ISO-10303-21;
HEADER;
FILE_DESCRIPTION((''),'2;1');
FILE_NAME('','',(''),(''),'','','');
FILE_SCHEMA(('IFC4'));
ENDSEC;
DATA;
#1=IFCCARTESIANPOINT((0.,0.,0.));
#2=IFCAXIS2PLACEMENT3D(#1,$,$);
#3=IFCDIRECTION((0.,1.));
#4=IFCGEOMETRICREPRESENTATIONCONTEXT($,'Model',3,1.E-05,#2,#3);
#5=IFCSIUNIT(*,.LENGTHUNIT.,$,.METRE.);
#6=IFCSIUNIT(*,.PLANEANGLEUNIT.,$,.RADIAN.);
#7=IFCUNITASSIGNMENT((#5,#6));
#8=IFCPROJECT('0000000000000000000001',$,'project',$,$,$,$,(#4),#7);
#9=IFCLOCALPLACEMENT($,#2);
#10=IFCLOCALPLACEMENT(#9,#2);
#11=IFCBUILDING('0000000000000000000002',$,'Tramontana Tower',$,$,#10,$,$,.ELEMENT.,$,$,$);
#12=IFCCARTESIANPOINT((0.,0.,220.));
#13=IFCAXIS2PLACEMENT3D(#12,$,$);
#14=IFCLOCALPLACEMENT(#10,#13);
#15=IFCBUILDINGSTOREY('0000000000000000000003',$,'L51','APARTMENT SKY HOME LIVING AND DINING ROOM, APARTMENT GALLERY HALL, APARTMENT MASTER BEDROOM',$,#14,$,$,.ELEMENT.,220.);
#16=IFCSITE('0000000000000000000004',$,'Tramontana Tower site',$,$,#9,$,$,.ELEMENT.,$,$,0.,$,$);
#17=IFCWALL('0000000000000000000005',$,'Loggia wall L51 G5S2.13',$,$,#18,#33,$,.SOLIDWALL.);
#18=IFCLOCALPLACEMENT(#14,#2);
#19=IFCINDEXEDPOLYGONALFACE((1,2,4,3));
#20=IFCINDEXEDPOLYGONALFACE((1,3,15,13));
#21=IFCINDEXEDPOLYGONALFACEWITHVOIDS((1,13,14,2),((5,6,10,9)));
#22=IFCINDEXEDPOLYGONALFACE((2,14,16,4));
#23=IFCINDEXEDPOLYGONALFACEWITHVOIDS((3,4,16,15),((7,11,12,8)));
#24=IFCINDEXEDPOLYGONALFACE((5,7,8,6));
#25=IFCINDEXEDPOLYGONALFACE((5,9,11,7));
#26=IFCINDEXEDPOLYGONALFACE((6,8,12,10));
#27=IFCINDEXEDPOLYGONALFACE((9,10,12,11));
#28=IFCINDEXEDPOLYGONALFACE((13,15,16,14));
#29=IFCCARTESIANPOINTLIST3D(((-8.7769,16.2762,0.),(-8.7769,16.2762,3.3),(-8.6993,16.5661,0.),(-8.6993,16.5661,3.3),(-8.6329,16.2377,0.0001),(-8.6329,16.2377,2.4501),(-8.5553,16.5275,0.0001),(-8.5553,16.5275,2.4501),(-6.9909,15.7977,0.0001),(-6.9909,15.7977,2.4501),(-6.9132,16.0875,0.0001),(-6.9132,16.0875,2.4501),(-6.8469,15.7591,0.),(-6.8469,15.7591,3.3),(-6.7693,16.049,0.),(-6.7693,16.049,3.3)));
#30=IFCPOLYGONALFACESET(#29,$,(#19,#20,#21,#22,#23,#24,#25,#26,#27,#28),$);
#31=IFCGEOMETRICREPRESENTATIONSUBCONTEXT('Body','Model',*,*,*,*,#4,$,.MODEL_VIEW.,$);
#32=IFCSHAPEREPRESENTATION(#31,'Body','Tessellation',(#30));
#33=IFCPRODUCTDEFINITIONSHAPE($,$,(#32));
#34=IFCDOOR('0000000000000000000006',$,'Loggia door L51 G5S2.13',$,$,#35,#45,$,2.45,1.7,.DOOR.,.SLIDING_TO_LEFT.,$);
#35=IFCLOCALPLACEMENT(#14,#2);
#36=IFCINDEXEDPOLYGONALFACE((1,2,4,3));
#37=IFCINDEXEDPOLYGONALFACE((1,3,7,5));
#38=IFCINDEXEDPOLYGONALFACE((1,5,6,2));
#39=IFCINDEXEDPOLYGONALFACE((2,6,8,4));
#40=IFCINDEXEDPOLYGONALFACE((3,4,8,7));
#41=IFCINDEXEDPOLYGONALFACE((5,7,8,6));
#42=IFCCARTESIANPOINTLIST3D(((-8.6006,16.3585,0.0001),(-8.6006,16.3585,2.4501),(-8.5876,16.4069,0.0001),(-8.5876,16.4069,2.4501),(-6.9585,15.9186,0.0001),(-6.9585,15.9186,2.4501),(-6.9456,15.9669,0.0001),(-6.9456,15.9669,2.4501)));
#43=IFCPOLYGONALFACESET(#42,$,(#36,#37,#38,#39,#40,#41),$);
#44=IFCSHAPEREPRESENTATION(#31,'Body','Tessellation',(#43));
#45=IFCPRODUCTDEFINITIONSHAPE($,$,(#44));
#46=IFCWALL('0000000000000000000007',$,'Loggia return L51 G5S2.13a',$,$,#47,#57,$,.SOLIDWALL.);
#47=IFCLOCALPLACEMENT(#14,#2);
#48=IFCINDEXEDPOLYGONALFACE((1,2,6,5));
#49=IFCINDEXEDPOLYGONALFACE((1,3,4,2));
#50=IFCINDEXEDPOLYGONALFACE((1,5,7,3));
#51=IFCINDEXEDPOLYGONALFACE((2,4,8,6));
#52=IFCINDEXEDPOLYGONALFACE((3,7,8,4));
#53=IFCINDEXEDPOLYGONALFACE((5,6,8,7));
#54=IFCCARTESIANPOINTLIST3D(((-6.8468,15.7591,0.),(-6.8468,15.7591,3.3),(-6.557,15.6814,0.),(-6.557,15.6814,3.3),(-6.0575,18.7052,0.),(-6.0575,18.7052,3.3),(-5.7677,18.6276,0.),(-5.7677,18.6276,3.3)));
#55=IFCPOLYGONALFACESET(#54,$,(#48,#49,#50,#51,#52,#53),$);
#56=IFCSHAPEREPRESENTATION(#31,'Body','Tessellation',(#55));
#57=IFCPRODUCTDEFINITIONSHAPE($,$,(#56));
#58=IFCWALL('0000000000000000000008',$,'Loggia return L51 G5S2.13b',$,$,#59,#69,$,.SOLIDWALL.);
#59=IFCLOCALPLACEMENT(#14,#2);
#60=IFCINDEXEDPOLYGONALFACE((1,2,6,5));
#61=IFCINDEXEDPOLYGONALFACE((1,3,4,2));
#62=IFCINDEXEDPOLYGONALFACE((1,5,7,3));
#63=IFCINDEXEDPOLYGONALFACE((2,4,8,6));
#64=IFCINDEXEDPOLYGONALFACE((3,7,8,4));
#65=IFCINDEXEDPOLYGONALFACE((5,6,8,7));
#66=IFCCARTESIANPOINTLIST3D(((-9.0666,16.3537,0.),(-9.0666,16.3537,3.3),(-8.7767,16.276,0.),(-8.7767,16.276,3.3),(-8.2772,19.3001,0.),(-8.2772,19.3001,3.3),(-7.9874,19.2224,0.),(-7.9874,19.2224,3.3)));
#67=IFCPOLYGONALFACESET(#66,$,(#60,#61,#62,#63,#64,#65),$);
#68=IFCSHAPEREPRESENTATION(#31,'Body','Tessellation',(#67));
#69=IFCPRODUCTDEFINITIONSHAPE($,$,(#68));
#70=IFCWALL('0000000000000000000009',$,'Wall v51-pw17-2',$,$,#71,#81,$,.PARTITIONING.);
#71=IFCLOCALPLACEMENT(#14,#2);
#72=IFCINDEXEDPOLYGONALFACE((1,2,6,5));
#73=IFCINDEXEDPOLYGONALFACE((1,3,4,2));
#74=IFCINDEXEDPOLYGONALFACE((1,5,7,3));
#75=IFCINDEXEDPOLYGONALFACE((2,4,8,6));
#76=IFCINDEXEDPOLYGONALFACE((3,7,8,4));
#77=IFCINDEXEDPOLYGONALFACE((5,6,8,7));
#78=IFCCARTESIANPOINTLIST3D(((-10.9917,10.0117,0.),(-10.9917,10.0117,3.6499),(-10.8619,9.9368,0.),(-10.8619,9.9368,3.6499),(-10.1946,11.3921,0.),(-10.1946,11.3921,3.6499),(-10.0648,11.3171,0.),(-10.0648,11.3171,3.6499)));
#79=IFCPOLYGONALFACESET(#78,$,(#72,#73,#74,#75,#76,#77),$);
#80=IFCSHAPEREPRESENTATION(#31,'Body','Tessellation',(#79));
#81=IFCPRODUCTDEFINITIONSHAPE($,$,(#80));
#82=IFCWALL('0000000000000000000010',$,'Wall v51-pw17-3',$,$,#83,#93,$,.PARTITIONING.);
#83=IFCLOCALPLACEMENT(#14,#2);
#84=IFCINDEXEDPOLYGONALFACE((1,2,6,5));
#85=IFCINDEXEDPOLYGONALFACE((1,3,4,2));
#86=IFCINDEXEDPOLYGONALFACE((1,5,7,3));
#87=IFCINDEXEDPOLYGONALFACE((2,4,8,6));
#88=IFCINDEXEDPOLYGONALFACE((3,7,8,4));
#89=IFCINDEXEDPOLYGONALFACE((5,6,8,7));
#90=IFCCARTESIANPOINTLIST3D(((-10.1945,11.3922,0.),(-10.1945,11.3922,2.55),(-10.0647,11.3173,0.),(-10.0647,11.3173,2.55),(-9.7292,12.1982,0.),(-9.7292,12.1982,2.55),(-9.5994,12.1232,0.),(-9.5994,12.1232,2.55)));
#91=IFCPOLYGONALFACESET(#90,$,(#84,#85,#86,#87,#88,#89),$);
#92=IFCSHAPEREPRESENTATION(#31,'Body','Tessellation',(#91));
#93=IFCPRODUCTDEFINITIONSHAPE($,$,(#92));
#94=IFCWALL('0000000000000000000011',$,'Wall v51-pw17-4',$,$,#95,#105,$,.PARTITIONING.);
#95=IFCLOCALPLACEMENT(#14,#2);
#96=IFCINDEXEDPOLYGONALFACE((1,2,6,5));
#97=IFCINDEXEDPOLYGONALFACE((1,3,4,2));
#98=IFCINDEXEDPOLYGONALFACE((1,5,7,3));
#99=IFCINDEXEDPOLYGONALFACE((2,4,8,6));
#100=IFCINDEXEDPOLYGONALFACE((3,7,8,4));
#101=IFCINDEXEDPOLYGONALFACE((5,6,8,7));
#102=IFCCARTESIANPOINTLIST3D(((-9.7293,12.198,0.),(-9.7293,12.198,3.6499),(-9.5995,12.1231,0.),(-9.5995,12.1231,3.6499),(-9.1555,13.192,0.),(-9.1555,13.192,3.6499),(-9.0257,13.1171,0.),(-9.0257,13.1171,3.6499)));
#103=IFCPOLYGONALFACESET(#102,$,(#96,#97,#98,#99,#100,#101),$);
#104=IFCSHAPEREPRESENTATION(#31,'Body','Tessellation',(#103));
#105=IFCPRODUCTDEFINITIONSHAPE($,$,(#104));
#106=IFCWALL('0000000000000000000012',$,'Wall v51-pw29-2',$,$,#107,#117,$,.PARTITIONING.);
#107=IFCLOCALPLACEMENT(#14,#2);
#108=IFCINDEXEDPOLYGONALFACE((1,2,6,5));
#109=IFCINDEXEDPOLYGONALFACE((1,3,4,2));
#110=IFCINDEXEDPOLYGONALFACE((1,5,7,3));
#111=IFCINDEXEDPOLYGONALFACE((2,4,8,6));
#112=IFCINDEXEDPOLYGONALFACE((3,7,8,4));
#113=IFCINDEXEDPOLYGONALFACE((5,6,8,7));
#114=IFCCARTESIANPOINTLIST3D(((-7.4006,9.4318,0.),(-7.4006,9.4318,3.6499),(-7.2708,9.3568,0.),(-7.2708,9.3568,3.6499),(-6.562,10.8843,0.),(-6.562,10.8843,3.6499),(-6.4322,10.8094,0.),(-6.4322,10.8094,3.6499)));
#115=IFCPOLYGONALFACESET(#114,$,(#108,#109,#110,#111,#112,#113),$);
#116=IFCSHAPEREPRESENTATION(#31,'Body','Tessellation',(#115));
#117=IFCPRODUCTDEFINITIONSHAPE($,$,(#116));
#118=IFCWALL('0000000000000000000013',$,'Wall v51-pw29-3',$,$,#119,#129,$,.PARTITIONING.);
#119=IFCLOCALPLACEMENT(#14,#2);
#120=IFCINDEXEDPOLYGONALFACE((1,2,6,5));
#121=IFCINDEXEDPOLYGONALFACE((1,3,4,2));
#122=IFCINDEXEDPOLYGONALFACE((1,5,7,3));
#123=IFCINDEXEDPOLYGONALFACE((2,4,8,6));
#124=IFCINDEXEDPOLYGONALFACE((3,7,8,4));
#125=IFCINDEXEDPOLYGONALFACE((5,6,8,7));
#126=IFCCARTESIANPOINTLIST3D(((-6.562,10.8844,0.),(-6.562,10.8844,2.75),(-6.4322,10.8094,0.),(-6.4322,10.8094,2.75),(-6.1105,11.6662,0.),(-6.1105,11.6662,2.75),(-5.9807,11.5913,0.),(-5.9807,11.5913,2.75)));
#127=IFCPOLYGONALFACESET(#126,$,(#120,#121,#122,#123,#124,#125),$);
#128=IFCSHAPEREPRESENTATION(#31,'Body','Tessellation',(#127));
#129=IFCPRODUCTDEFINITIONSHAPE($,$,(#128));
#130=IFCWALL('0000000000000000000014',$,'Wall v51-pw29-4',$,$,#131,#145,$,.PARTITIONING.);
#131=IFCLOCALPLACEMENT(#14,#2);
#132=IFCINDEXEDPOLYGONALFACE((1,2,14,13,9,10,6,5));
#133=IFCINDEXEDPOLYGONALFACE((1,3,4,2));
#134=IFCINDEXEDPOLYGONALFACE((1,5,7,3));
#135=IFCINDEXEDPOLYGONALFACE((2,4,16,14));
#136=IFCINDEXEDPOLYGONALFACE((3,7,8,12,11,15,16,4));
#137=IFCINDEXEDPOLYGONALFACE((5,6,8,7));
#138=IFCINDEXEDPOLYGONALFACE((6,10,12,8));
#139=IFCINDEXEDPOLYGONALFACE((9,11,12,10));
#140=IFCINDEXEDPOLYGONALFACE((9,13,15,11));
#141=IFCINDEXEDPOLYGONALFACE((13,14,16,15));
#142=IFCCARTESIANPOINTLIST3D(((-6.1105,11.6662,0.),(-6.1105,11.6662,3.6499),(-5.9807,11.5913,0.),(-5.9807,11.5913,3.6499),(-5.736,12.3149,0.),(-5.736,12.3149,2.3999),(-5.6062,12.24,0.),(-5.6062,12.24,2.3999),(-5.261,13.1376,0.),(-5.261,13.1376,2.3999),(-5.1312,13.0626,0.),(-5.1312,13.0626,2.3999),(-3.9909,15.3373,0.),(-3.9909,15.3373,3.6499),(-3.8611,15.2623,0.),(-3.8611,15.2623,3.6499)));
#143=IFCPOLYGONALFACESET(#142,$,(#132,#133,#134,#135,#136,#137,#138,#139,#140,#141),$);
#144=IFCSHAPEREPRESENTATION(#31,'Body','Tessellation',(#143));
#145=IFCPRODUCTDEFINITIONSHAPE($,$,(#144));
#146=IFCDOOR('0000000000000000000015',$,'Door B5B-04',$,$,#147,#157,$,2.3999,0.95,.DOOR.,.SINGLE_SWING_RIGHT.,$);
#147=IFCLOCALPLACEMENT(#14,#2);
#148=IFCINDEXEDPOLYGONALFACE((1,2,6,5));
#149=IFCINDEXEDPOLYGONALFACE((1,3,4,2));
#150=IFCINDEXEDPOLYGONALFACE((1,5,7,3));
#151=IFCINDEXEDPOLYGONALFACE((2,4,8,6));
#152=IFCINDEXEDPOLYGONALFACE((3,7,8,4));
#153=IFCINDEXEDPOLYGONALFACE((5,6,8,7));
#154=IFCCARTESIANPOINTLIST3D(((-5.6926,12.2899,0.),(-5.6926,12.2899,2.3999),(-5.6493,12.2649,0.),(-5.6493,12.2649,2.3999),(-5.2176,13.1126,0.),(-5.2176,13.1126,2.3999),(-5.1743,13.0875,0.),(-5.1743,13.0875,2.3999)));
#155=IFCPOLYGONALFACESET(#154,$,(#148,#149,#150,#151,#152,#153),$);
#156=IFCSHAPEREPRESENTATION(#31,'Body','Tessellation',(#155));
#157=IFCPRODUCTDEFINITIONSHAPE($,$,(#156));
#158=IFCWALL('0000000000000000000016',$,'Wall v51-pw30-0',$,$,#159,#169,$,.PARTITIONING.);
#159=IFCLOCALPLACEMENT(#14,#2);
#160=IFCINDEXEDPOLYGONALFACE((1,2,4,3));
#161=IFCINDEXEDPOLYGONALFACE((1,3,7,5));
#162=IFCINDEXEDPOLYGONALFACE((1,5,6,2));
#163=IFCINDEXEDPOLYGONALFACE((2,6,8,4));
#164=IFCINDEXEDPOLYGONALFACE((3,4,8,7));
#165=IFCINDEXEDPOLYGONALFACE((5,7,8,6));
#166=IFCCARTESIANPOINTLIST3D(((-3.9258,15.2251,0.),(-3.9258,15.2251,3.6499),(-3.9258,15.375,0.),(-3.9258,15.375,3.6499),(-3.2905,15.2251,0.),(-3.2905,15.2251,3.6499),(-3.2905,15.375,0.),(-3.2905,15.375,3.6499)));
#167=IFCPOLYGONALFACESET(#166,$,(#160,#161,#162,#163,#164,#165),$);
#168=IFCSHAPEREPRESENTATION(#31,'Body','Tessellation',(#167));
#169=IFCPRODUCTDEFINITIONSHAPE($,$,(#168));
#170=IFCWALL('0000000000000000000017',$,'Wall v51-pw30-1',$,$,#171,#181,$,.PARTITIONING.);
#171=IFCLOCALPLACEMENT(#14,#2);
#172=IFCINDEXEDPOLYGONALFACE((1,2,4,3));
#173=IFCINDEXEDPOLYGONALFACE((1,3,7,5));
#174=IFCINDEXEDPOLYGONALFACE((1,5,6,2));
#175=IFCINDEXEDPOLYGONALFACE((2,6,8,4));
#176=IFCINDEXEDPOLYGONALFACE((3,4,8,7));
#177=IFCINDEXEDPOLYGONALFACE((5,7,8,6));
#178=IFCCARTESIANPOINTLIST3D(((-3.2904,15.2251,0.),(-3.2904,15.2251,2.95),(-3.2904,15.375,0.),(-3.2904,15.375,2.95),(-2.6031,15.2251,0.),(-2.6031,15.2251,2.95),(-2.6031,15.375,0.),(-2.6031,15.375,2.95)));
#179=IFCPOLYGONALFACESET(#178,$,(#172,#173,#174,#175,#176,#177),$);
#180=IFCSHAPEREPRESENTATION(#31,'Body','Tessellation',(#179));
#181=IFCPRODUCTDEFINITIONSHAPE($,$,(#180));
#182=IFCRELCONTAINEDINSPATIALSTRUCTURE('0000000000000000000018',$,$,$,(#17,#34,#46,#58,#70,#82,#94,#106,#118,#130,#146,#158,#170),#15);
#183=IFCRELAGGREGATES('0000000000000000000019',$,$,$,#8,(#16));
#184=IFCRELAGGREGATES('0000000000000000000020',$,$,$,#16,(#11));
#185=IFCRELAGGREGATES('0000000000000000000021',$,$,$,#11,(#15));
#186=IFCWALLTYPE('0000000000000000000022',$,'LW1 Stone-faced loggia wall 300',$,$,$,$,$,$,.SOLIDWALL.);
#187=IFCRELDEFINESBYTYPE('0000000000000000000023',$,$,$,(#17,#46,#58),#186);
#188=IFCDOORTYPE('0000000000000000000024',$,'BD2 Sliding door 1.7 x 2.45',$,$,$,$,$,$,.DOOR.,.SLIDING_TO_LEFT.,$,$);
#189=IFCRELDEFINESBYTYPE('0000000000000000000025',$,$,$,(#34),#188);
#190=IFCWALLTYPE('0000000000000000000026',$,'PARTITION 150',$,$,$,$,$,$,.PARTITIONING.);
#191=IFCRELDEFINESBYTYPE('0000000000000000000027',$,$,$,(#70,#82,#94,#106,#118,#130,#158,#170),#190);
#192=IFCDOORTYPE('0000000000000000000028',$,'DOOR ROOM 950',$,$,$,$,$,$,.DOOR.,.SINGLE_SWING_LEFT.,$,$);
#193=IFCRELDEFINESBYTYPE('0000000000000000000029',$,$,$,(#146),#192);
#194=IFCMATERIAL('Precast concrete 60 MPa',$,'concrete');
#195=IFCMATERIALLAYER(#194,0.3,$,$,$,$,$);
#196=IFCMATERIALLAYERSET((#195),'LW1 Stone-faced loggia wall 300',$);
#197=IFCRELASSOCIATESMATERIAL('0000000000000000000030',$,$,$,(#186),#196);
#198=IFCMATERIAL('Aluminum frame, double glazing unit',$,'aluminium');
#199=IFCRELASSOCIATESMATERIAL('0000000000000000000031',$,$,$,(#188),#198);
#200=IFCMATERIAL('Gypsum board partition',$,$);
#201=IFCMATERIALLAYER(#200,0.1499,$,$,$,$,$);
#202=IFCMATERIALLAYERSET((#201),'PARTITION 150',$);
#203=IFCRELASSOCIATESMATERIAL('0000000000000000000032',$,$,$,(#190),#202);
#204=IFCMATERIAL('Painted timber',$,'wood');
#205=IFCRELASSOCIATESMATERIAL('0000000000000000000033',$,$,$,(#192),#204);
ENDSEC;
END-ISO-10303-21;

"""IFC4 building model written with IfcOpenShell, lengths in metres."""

from ifc_helpers import new_model, si_unit, direction, frame, frame_2d, origin, place, context, subcontext, project, spatial, rectangle, extrude, material, layer, layer_set, type_object, element, fill, save


model = new_model("IFC4")

# Units and contexts
model_context = context("Model", 3, precision=1e-05, world=origin(), true_north=direction((0.0, 1.0)))
body_context = subcontext(model_context, "Body", "Model", "MODEL_VIEW")
ifc_project = project(units=[si_unit("LENGTHUNIT", "METRE"), si_unit("PLANEANGLEUNIT", "RADIAN")], contexts=[model_context])

# Site, building, storey
site_placement = place(None, origin())
site = spatial("IfcSite", under=ifc_project, at=site_placement, Name="Tramontana Tower site", CompositionType="ELEMENT", RefElevation=0.0)
building_placement = place(site_placement, origin())
building = spatial("IfcBuilding", under=site, at=building_placement, Name="Tramontana Tower", CompositionType="ELEMENT")
storey_placement = place(building_placement, frame((0.0, 0.0, 220.0)))
storey = spatial("IfcBuildingStorey", under=building, at=storey_placement, Name="L51", Description="APARTMENT SKY HOME LIVING AND DINING ROOM, APARTMENT GALLERY HALL, APARTMENT MASTER BEDROOM", CompositionType="ELEMENT", Elevation=220.0)

# Wall, opening, door
ifc_material_1 = material(Name="Precast concrete 60 MPa", Category="concrete")
ifc_layer_1 = layer(ifc_material_1, 0.3)
ifc_layer_set_1 = layer_set([ifc_layer_1], Name="LW1 Stone-faced loggia wall 300")
wall_type_1 = type_object("IfcWallType", Name="LW1 Stone-faced loggia wall 300", PredefinedType="SOLIDWALL", material=ifc_layer_set_1)
wall_1_placement = place(storey_placement, frame((-6.8081, 15.9041, 0.0), z_axis=(0.0, 0.0, 1.0), x_axis=(-0.96593, 0.258803, 0.0)))
wall_1 = element("IfcWall", 1, at=wall_1_placement, inside=storey, type_object=wall_type_1, Name="Loggia wall L51 G5S2.13", PredefinedType="SOLIDWALL", context=body_context, shape_type="SweptSolid", body=[
    extrude(rectangle(XDim=1.998, YDim=0.3, at=frame_2d((0.999, 0.0))), origin(), (0.0, 0.0, 1.0), 3.3),
])
opening_1_placement = place(wall_1_placement, frame((0.1489, 0.0, 0.0)))
opening_1 = element("IfcOpeningElement", 2, at=opening_1_placement, cuts=wall_1, PredefinedType="OPENING", context=body_context, shape_type="SweptSolid", body=[
    extrude(rectangle(XDim=1.7, YDim=2.45, at=frame_2d((0.8501, 1.2251))), frame((0.0, 0.1599, 0.0), z_axis=(0.0, -1.0, 0.0), x_axis=(1.0, 0.0, 0.0)), (0.0, 0.0, 1.0), 0.3201),
])
ifc_material_2 = material(Name="Aluminum frame, double glazing unit", Category="aluminium")
door_type_1 = type_object("IfcDoorType", Name="BD2 Sliding door 1.7 x 2.45", OperationType="SLIDING_TO_LEFT", PredefinedType="DOOR", material=ifc_material_2)
door_1_placement = place(opening_1_placement, origin())
door_1 = element("IfcDoor", 3, at=door_1_placement, inside=storey, type_object=door_type_1, Name="Loggia door L51 G5S2.13", OperationType="SLIDING_TO_LEFT", OverallHeight=2.45, OverallWidth=1.7, PredefinedType="DOOR", context=body_context, shape_type="SweptSolid", body=[
    extrude(rectangle(XDim=1.7, YDim=2.45, at=frame_2d((0.8501, 1.2251))), frame((0.0, 0.0249, 0.0), z_axis=(0.0, -1.0, 0.0), x_axis=(1.0, 0.0, 0.0)), (0.0, 0.0, 1.0), 0.05),
])
fill(opening_1, door_1)

# Walls
wall_2_placement = place(storey_placement, frame((-5.9126, 18.6663, 0.0), z_axis=(0.0, 0.0, 1.0), x_axis=(-0.258793, -0.965933, 0.0)))
element("IfcWall", 4, at=wall_2_placement, inside=storey, type_object=wall_type_1, Name="Loggia return L51 G5S2.13a", PredefinedType="SOLIDWALL", context=body_context, shape_type="SweptSolid", body=[
    extrude(rectangle(XDim=3.05, YDim=0.3, at=frame_2d((1.5249, 0.0))), origin(), (0.0, 0.0, 1.0), 3.3),
])
wall_3_placement = place(storey_placement, frame((-8.1323, 19.2612, 0.0), z_axis=(0.0, 0.0, 1.0), x_axis=(-0.258773, -0.965938, 0.0)))
element("IfcWall", 5, at=wall_3_placement, inside=storey, type_object=wall_type_1, Name="Loggia return L51 G5S2.13b", PredefinedType="SOLIDWALL", context=body_context, shape_type="SweptSolid", body=[
    extrude(rectangle(XDim=3.0503, YDim=0.3, at=frame_2d((1.5251, 0.0))), origin(), (0.0, 0.0, 1.0), 3.3),
])
ifc_material_3 = material(Name="Gypsum board partition")
ifc_layer_2 = layer(ifc_material_3, 0.1499)
ifc_layer_set_2 = layer_set([ifc_layer_2], Name="PARTITION 150")
wall_type_2 = type_object("IfcWallType", Name="PARTITION 150", PredefinedType="PARTITIONING", material=ifc_layer_set_2)
wall_4_placement = place(storey_placement, frame((-10.9268, 9.9744, 0.0), z_axis=(0.0, 0.0, 1.0), x_axis=(0.500076, 0.865982, 0.0)))
element("IfcWall", 6, at=wall_4_placement, inside=storey, type_object=wall_type_2, Name="Wall v51-pw17-2", PredefinedType="PARTITIONING", context=body_context, shape_type="SweptSolid", body=[
    extrude(rectangle(XDim=1.594, YDim=0.1499, at=frame_2d((0.7969, 0.0))), origin(), (0.0, 0.0, 1.0), 3.6499),
])
wall_5_placement = place(storey_placement, frame((-10.1296, 11.3547, 0.0), z_axis=(0.0, 0.0, 1.0), x_axis=(0.500033, 0.866006, 0.0)))
element("IfcWall", 7, at=wall_5_placement, inside=storey, type_object=wall_type_2, Name="Wall v51-pw17-3", PredefinedType="PARTITIONING", context=body_context, shape_type="SweptSolid", body=[
    extrude(rectangle(XDim=0.9307, YDim=0.1499, at=frame_2d((0.4653, 0.0))), origin(), (0.0, 0.0, 1.0), 2.55),
])
wall_6_placement = place(storey_placement, frame((-9.6643, 12.1606, 0.0), z_axis=(0.0, 0.0, 1.0), x_axis=(0.499937, 0.866062, 0.0)))
element("IfcWall", 8, at=wall_6_placement, inside=storey, type_object=wall_type_2, Name="Wall v51-pw17-4", PredefinedType="PARTITIONING", context=body_context, shape_type="SweptSolid", body=[
    extrude(rectangle(XDim=1.1477, YDim=0.1499, at=frame_2d((0.5737, 0.0))), origin(), (0.0, 0.0, 1.0), 3.6499),
])

# Walls
wall_7_placement = place(storey_placement, frame((-7.3357, 9.3943, 0.0), z_axis=(0.0, 0.0, 1.0), x_axis=(0.499974, 0.86604, 0.0)))
element("IfcWall", 9, at=wall_7_placement, inside=storey, type_object=wall_type_2, Name="Wall v51-pw29-2", PredefinedType="PARTITIONING", context=body_context, shape_type="SweptSolid", body=[
    extrude(rectangle(XDim=1.6772, YDim=0.1499, at=frame_2d((0.8386, 0.0))), origin(), (0.0, 0.0, 1.0), 3.6499),
])
wall_8_placement = place(storey_placement, frame((-6.4971, 10.8469, 0.0), z_axis=(0.0, 0.0, 1.0), x_axis=(0.500066, 0.865987, 0.0)))
element("IfcWall", 10, at=wall_8_placement, inside=storey, type_object=wall_type_2, Name="Wall v51-pw29-3", PredefinedType="PARTITIONING", context=body_context, shape_type="SweptSolid", body=[
    extrude(rectangle(XDim=0.9028, YDim=0.1499, at=frame_2d((0.4514, 0.0))), origin(), (0.0, 0.0, 1.0), 2.75),
])

# Wall, opening, door
wall_9_placement = place(storey_placement, frame((-6.0457, 11.6287, 0.0), z_axis=(0.0, 0.0, 1.0), x_axis=(0.500017, 0.866016, 0.0)))
wall_9 = element("IfcWall", 11, at=wall_9_placement, inside=storey, type_object=wall_type_2, Name="Wall v51-pw29-4", PredefinedType="PARTITIONING", context=body_context, shape_type="SweptSolid", body=[
    extrude(rectangle(XDim=4.239, YDim=0.1499, at=frame_2d((2.1196, 0.0))), origin(), (0.0, 0.0, 1.0), 3.6499),
])
opening_2_placement = place(wall_9_placement, frame((0.749, 0.0, 0.0)))
opening_2 = element("IfcOpeningElement", 12, at=opening_2_placement, cuts=wall_9, PredefinedType="OPENING", context=body_context, shape_type="SweptSolid", body=[
    extrude(rectangle(XDim=0.95, YDim=2.3999, at=frame_2d((0.4751, 1.2))), frame((0.0, 0.085, 0.0), z_axis=(0.0, -1.0, 0.0), x_axis=(1.0, 0.0, 0.0)), (0.0, 0.0, 1.0), 0.1699),
])
ifc_material_4 = material(Name="Painted timber", Category="wood")
door_type_2 = type_object("IfcDoorType", Name="DOOR ROOM 950", OperationType="SINGLE_SWING_LEFT", PredefinedType="DOOR", material=ifc_material_4)
door_2_placement = place(opening_2_placement, origin())
door_2 = element("IfcDoor", 13, at=door_2_placement, inside=storey, type_object=door_type_2, Name="Door B5B-04", OperationType="SINGLE_SWING_RIGHT", OverallHeight=2.3999, OverallWidth=0.95, PredefinedType="DOOR", context=body_context, shape_type="SweptSolid", body=[
    extrude(rectangle(XDim=0.95, YDim=2.3999, at=frame_2d((0.4751, 1.2))), frame((0.0, 0.0249, 0.0), z_axis=(0.0, -1.0, 0.0), x_axis=(1.0, 0.0, 0.0)), (0.0, 0.0, 1.0), 0.05),
])
fill(opening_2, door_2)

# Walls
wall_10_placement = place(storey_placement, frame((-3.9258, 15.3, 0.0), z_axis=(0.0, 0.0, 1.0), x_axis=(1.0, 0.0, 0.0)))
element("IfcWall", 14, at=wall_10_placement, inside=storey, type_object=wall_type_2, Name="Wall v51-pw30-0", PredefinedType="PARTITIONING", context=body_context, shape_type="SweptSolid", body=[
    extrude(rectangle(XDim=0.6353, YDim=0.1499, at=frame_2d((0.3176, 0.0))), origin(), (0.0, 0.0, 1.0), 3.6499),
])
wall_11_placement = place(storey_placement, frame((-3.2905, 15.3, 0.0), z_axis=(0.0, 0.0, 1.0), x_axis=(1.0, 0.0, 0.0)))
element("IfcWall", 15, at=wall_11_placement, inside=storey, type_object=wall_type_2, Name="Wall v51-pw30-1", PredefinedType="PARTITIONING", context=body_context, shape_type="SweptSolid", body=[
    extrude(rectangle(XDim=0.6873, YDim=0.1499, at=frame_2d((0.3438, 0.0))), origin(), (0.0, 0.0, 1.0), 2.95),
])

save(model, "model.ifc")
